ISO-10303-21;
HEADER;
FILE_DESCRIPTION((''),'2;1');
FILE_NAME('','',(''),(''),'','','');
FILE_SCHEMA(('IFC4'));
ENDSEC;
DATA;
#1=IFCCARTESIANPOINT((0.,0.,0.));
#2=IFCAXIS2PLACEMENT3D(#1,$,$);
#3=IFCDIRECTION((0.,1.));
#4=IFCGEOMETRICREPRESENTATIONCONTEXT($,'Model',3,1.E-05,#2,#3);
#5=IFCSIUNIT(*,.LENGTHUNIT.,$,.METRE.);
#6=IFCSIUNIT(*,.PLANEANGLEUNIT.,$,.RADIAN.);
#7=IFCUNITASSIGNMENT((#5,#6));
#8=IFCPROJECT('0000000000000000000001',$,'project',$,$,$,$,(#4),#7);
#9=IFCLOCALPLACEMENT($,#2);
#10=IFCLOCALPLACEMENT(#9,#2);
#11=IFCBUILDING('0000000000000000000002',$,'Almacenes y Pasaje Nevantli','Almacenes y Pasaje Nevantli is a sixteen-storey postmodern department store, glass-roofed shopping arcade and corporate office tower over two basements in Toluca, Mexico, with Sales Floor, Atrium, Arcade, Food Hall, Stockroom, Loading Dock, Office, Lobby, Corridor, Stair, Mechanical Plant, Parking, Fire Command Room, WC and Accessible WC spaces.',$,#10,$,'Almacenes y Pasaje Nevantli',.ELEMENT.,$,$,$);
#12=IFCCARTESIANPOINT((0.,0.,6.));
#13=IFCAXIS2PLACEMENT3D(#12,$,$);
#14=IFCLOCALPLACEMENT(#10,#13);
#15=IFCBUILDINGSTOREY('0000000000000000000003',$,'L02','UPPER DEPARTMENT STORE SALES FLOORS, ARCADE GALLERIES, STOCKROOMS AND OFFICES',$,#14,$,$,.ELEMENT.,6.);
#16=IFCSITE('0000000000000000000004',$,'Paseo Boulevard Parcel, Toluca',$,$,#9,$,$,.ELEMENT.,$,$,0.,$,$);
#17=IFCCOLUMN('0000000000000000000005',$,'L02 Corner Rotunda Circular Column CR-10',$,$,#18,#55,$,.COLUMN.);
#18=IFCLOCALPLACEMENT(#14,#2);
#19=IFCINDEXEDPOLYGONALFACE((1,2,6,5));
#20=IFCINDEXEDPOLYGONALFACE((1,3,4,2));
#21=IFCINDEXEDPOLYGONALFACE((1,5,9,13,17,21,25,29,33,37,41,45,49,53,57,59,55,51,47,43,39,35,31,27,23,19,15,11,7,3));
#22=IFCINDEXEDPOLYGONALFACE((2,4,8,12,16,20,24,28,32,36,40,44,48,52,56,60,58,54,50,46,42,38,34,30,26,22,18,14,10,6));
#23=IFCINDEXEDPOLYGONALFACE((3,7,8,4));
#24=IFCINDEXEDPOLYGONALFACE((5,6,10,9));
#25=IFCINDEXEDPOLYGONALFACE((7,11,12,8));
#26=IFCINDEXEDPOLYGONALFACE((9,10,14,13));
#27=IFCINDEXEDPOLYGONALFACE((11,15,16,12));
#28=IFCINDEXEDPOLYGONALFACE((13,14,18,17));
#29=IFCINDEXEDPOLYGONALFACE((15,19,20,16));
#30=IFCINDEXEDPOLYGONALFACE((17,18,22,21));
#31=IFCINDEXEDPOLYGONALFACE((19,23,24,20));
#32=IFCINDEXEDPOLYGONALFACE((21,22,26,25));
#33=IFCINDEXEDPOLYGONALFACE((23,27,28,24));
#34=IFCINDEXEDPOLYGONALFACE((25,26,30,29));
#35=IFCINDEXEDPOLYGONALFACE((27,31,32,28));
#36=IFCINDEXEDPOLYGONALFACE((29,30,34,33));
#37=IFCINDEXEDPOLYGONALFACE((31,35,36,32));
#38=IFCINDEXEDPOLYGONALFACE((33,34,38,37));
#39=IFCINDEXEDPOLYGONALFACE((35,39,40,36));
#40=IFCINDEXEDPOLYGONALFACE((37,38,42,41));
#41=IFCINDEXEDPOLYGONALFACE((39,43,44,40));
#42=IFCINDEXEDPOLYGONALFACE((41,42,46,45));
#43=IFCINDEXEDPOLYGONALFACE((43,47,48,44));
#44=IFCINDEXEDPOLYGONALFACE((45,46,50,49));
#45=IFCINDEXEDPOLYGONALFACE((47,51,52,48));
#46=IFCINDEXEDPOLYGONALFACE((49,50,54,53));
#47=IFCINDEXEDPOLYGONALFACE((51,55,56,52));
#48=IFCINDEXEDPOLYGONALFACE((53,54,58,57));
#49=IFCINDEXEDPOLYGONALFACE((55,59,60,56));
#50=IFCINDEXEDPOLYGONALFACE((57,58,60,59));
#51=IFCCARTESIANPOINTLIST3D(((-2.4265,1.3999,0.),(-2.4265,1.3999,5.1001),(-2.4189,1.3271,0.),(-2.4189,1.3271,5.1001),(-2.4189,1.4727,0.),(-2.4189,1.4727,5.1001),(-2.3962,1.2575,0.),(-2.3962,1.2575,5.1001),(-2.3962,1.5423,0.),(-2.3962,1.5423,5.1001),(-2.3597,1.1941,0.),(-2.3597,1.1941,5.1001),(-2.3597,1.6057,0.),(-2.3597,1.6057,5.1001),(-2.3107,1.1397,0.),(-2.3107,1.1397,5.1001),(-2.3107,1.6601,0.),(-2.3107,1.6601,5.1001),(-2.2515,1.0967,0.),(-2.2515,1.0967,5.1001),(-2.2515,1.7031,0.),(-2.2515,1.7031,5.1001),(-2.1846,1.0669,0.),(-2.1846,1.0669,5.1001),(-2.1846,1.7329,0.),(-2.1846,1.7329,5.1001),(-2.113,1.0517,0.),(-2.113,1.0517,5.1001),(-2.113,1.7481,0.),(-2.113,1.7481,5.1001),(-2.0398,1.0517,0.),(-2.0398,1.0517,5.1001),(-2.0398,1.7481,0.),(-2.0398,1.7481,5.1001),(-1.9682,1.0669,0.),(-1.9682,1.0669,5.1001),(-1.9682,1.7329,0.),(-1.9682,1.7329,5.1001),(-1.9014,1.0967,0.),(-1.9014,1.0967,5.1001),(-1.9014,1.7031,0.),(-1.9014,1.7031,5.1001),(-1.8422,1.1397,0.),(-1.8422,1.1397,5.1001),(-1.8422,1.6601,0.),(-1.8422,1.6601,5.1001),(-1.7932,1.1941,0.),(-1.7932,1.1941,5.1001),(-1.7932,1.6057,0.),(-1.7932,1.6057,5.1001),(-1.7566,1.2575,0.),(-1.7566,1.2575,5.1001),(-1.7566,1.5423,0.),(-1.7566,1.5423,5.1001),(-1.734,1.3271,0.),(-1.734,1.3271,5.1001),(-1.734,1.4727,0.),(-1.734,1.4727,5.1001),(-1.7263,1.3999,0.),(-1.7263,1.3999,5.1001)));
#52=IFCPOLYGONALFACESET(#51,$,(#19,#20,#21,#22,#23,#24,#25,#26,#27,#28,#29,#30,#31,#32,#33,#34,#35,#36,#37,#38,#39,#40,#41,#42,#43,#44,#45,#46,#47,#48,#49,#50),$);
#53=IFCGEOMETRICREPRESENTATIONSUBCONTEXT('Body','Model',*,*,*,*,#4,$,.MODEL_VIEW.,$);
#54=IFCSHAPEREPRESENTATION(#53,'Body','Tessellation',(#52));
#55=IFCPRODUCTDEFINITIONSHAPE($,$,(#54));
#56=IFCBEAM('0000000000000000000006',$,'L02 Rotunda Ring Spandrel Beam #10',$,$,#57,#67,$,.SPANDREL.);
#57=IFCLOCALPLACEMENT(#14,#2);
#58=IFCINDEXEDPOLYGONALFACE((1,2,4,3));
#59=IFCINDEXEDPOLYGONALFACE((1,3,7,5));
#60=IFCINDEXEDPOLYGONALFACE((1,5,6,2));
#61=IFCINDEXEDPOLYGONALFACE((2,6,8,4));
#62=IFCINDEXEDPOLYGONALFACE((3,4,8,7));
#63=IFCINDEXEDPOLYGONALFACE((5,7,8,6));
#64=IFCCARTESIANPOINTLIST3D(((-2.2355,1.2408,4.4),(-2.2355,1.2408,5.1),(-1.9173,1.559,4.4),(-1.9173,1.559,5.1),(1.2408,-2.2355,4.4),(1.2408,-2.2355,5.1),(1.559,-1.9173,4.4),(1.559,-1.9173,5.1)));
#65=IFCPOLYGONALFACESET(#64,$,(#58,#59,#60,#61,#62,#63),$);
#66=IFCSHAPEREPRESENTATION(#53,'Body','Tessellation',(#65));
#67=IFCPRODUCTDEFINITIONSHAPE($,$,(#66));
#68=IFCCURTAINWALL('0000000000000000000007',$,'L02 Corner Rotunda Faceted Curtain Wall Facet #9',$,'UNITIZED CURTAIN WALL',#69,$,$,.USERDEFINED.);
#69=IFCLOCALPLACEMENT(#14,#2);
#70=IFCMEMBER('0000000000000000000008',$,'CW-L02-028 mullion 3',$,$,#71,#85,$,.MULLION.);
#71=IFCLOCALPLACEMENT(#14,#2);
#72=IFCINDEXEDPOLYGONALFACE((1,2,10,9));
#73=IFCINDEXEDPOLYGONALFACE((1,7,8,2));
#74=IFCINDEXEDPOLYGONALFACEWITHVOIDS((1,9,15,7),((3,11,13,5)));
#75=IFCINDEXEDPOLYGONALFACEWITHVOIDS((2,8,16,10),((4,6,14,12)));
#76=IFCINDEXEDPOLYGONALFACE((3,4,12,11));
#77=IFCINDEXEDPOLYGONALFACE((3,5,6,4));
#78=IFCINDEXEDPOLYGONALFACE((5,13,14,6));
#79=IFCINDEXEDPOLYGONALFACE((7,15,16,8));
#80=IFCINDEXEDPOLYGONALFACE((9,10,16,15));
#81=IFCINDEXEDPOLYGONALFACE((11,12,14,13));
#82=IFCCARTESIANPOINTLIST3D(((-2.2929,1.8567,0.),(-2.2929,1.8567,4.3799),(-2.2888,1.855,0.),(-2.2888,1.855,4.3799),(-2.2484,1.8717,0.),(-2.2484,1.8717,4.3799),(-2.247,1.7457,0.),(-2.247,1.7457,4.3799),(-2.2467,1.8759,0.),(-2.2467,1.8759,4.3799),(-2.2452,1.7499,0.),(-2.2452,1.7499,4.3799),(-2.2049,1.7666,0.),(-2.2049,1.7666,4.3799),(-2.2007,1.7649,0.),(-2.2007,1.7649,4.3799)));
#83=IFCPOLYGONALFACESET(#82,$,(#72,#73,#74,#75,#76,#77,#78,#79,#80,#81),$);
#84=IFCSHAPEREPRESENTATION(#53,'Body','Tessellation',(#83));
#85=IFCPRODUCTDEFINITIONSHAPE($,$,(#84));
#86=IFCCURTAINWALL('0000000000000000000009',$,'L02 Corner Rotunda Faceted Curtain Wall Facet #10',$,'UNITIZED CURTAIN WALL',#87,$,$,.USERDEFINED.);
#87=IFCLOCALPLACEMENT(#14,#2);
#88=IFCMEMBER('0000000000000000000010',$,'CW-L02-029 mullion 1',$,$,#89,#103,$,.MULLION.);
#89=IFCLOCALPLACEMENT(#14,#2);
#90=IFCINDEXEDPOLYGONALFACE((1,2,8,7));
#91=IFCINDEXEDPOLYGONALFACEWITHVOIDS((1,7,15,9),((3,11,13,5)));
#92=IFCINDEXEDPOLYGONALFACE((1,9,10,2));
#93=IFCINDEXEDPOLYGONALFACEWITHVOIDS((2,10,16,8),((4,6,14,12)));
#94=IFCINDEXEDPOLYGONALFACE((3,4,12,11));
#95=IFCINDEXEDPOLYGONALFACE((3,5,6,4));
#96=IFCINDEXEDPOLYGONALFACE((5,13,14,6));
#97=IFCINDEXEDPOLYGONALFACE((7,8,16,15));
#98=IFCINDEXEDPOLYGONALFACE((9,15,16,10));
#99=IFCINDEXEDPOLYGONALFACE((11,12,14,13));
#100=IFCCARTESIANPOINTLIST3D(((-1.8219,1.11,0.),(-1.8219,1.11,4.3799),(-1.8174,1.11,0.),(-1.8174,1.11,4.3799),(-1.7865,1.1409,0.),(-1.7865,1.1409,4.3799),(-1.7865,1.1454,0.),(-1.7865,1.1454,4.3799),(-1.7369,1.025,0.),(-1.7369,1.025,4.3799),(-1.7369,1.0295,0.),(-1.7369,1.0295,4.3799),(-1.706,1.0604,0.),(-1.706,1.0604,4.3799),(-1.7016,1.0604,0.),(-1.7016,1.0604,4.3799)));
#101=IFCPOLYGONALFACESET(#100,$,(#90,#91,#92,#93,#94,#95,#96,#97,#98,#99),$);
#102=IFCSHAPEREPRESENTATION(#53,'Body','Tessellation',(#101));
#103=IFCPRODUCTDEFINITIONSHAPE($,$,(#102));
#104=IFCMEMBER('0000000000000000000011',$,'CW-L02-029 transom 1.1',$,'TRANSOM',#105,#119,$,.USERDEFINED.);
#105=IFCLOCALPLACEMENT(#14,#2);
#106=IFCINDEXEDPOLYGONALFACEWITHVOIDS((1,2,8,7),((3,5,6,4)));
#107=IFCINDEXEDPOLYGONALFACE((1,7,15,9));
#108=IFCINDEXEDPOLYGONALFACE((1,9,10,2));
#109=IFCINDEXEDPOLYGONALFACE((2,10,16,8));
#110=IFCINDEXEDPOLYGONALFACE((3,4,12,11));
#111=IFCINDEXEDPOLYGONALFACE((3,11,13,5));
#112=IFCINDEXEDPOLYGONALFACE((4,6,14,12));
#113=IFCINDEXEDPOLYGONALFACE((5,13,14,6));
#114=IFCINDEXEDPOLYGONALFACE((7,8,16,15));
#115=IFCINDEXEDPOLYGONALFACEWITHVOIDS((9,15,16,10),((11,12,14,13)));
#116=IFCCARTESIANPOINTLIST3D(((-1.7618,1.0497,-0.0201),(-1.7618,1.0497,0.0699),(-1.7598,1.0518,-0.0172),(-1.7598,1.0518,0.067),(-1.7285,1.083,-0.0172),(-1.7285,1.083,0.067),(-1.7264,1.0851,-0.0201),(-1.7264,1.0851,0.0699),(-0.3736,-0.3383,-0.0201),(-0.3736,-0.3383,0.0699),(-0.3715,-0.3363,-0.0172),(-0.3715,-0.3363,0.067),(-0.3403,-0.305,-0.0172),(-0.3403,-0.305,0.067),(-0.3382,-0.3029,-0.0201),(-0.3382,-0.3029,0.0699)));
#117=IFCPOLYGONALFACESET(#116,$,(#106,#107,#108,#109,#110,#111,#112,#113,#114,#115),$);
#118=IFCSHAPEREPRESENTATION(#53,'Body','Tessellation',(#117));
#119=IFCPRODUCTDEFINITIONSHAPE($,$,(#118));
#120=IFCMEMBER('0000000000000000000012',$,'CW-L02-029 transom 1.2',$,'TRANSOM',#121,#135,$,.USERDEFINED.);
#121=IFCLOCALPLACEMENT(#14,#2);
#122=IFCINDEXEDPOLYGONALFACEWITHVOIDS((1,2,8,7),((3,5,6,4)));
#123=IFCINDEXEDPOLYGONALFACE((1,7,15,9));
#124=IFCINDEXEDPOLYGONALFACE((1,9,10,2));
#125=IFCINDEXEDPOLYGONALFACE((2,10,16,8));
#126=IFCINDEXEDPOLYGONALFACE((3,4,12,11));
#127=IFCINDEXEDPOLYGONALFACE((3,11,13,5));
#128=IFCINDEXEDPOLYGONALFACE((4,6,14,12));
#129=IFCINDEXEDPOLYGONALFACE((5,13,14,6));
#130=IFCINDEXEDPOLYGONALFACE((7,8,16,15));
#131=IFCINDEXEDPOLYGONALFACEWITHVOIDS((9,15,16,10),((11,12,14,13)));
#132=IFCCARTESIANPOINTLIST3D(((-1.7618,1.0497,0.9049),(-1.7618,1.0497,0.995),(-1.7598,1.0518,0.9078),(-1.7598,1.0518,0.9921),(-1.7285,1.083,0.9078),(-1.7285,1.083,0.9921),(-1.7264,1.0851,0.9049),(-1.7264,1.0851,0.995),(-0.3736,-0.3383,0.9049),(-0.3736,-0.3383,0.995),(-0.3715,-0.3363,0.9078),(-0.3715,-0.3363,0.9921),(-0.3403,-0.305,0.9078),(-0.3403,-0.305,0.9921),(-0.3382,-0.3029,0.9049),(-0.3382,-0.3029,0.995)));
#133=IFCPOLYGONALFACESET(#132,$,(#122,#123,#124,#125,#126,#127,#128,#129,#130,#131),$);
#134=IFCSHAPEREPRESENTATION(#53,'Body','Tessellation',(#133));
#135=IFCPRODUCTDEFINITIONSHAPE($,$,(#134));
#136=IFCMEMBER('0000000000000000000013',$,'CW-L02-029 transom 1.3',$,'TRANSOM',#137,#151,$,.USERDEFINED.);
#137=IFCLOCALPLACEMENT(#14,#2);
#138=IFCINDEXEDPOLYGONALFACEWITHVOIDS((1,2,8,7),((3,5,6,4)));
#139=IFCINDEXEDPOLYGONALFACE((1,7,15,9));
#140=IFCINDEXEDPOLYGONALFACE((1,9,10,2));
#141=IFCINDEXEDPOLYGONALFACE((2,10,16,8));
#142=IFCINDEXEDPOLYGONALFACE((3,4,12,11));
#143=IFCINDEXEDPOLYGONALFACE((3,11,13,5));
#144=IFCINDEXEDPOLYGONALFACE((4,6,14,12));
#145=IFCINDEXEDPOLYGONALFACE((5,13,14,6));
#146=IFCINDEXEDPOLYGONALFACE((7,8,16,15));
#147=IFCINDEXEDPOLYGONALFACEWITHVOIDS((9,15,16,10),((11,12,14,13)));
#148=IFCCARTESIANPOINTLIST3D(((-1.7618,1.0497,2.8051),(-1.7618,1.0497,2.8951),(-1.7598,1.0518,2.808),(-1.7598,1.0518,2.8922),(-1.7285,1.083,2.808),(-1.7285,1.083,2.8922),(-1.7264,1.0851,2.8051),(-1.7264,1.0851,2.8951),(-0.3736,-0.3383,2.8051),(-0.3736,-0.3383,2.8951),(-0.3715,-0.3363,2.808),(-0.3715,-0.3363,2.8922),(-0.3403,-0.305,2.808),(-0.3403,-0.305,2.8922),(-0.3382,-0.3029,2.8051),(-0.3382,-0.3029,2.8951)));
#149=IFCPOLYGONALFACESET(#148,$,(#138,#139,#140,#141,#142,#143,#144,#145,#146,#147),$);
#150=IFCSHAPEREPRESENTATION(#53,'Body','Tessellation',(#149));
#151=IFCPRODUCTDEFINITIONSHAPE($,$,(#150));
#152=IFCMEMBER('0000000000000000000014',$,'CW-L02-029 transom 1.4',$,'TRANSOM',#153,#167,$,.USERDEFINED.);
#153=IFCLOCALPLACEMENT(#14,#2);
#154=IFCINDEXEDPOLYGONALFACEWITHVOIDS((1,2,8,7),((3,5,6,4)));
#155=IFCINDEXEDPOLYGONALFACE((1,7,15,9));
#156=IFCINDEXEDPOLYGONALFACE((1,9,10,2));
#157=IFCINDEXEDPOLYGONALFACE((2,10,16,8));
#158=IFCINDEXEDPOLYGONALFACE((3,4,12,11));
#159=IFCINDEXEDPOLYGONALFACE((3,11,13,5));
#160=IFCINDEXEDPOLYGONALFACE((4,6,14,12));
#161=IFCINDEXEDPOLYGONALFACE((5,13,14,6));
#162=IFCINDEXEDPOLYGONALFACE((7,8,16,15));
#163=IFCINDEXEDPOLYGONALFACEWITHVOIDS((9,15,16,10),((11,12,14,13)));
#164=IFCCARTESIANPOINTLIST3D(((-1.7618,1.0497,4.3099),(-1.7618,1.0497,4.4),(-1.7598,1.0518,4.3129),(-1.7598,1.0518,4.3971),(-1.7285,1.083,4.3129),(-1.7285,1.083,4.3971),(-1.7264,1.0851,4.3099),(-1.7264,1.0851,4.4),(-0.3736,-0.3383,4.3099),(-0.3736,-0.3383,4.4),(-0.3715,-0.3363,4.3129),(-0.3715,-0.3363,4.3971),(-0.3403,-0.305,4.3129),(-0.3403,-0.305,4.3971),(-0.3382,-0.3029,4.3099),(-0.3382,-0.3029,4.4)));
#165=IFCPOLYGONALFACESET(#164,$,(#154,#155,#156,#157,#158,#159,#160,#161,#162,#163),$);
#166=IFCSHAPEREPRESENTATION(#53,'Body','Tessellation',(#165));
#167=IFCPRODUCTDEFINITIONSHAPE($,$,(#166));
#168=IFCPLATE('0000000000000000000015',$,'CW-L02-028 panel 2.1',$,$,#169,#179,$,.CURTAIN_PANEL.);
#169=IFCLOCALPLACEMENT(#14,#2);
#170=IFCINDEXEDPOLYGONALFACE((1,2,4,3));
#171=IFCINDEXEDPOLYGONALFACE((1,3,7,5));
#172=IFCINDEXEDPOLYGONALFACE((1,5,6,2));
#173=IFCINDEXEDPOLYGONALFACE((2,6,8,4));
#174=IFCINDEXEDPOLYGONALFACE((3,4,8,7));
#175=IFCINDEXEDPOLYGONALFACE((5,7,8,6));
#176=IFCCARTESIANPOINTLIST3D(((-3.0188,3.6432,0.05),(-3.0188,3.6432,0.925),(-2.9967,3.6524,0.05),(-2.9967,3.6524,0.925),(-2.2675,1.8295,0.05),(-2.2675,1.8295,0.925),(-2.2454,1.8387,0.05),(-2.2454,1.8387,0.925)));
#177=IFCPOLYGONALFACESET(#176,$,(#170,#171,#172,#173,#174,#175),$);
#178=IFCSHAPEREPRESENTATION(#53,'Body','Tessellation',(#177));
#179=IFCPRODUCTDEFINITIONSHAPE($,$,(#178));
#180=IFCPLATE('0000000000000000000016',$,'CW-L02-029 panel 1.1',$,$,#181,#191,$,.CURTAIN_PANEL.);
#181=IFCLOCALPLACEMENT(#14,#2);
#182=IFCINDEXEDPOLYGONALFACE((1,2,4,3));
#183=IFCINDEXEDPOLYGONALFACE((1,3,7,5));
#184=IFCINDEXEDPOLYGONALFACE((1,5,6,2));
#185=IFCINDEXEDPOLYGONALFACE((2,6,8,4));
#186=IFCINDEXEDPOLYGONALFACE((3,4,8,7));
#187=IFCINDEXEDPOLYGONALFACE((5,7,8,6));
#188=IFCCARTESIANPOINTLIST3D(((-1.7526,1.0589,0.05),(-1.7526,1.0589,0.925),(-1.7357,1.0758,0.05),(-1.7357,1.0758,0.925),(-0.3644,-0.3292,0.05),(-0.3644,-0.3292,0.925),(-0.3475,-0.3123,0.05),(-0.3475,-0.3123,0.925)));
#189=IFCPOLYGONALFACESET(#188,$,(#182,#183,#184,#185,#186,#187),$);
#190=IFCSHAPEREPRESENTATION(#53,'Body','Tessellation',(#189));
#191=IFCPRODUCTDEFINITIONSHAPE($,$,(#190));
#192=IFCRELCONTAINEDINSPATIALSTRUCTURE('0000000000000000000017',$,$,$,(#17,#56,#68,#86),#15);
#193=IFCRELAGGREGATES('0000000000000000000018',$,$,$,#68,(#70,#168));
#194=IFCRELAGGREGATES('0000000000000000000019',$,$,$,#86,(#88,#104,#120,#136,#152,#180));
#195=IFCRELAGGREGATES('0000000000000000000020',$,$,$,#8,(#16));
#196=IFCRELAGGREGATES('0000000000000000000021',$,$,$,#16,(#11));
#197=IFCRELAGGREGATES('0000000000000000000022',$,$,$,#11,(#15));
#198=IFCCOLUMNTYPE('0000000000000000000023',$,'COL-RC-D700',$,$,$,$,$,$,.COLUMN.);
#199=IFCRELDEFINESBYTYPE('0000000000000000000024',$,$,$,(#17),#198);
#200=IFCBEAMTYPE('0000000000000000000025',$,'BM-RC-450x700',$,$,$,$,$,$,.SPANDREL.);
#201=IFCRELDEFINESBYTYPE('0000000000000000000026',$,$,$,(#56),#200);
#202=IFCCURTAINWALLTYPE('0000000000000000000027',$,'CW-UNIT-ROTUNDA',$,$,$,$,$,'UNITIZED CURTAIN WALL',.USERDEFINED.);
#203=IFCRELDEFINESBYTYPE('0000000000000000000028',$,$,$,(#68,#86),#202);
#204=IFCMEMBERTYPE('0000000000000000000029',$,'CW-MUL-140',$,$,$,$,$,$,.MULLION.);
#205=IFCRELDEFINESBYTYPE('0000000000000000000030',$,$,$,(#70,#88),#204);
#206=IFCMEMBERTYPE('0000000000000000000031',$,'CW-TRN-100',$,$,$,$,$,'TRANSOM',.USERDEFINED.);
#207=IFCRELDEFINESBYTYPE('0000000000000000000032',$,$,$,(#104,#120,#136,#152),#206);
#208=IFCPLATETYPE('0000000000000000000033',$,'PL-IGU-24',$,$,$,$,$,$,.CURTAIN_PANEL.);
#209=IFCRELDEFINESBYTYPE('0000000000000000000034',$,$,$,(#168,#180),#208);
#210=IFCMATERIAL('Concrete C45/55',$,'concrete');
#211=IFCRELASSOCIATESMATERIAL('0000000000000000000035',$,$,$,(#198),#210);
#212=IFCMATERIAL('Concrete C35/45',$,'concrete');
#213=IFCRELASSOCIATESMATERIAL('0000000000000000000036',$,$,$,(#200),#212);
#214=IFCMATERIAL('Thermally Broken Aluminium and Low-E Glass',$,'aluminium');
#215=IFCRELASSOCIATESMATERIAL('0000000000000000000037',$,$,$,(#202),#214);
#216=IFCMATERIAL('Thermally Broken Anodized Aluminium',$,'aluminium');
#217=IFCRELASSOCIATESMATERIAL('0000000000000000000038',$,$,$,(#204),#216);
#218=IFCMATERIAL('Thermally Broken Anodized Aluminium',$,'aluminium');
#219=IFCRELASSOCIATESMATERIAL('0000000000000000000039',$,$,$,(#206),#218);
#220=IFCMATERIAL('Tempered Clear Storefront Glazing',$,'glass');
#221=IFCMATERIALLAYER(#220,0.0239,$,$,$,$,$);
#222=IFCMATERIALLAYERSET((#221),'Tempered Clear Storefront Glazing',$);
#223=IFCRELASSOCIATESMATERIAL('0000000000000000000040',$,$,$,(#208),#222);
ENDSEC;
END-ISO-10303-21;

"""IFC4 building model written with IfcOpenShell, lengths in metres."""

from ifc_helpers import new_model, si_unit, direction, frame, origin, origin_2d, place, context, subcontext, project, spatial, rectangle, hollow_rectangle, circle, extrude, material, layer, layer_set, material_profile, profile_set, type_object, element, aggregate, save


model = new_model("IFC4")

# Units and contexts
model_context = context("Model", 3, precision=1e-05, world=origin(), true_north=direction((0.0, 1.0)))
body_context = subcontext(model_context, "Body", "Model", "MODEL_VIEW")
ifc_project = project(units=[si_unit("LENGTHUNIT", "METRE"), si_unit("PLANEANGLEUNIT", "RADIAN")], contexts=[model_context])

# Site, building, storey
site_placement = place(None, origin())
site = spatial("IfcSite", under=ifc_project, at=site_placement, Name="Paseo Boulevard Parcel, Toluca", CompositionType="ELEMENT", RefElevation=0.0)
building_placement = place(site_placement, origin())
building = spatial("IfcBuilding", under=site, at=building_placement, Name="Almacenes y Pasaje Nevantli", Description="Almacenes y Pasaje Nevantli is a sixteen-storey postmodern department store, glass-roofed shopping arcade and corporate office tower over two basements in Toluca, Mexico, with Sales Floor, Atrium, Arcade, Food Hall, Stockroom, Loading Dock, Office, Lobby, Corridor, Stair, Mechanical Plant, Parking, Fire Command Room, WC and Accessible WC spaces.", LongName="Almacenes y Pasaje Nevantli", CompositionType="ELEMENT")
storey_placement = place(building_placement, frame((0.0, 0.0, 6.0)))
storey = spatial("IfcBuildingStorey", under=building, at=storey_placement, Name="L02", Description="UPPER DEPARTMENT STORE SALES FLOORS, ARCADE GALLERIES, STOCKROOMS AND OFFICES", CompositionType="ELEMENT", Elevation=6.0)

# Column
ifc_material_1 = material(Name="Concrete C45/55", Category="concrete")
ifc_material_profile_1 = material_profile(ifc_material_1, circle(Radius=0.3501, at=origin_2d()), Name="RC-COL-D700")
ifc_profile_set_1 = profile_set([ifc_material_profile_1], Name="Concrete C45/55")
column_type = type_object("IfcColumnType", Name="COL-RC-D700", PredefinedType="COLUMN", material=ifc_profile_set_1)
column_placement = place(storey_placement, frame((-2.0764, 1.3999, 0.0), z_axis=(0.0, 0.0, 1.0), x_axis=(1.0, 0.0, 0.0)))
element("IfcColumn", 1, at=column_placement, inside=storey, type_object=column_type, Name="L02 Corner Rotunda Circular Column CR-10", PredefinedType="COLUMN", context=body_context, shape_type="SweptSolid", body=[
    extrude(circle(Radius=0.3501, at=origin_2d()), origin(), (0.0, 0.0, 1.0), 5.1001),
])

# Beam
ifc_material_2 = material(Name="Concrete C35/45", Category="concrete")
ifc_material_profile_2 = material_profile(ifc_material_2, rectangle(XDim=0.45, YDim=0.7, at=origin_2d()), Name="RC-BM-450x700")
ifc_profile_set_2 = profile_set([ifc_material_profile_2], Name="Concrete C35/45")
beam_type = type_object("IfcBeamType", Name="BM-RC-450x700", PredefinedType="SPANDREL", material=ifc_profile_set_2)
beam_placement = place(storey_placement, frame((-2.0764, 1.3999, 4.75), z_axis=(0.707107, -0.707107, 0.0), x_axis=(0.707107, 0.707107, 0.0)))
element("IfcBeam", 2, at=beam_placement, inside=storey, type_object=beam_type, Name="L02 Rotunda Ring Spandrel Beam #10", PredefinedType="SPANDREL", context=body_context, shape_type="SweptSolid", body=[
    extrude(rectangle(XDim=0.45, YDim=0.7, at=origin_2d()), origin(), (0.0, 0.0, 1.0), 4.9163),
])

# Curtain wall, member
ifc_material_3 = material(Name="Thermally Broken Aluminium and Low-E Glass", Category="aluminium")
curtain_wall_type = type_object("IfcCurtainWallType", Name="CW-UNIT-ROTUNDA", ElementType="UNITIZED CURTAIN WALL", PredefinedType="USERDEFINED", material=ifc_material_3)
curtain_wall_1_placement = place(storey_placement, origin())
curtain_wall_1 = element("IfcCurtainWall", 3, at=curtain_wall_1_placement, inside=storey, type_object=curtain_wall_type, Name="L02 Corner Rotunda Faceted Curtain Wall Facet #9", ObjectType="UNITIZED CURTAIN WALL", PredefinedType="USERDEFINED")
ifc_material_4 = material(Name="Thermally Broken Anodized Aluminium", Category="aluminium")
ifc_material_profile_3 = material_profile(ifc_material_4, hollow_rectangle(XDim=0.05, YDim=0.1201, WallThickness=0.0032, at=origin_2d()), Name="ALU-MUL-50x120")
ifc_profile_set_3 = profile_set([ifc_material_profile_3], Name="Thermally Broken Anodized Aluminium")
member_type_1 = type_object("IfcMemberType", Name="CW-MUL-140", PredefinedType="MULLION", material=ifc_profile_set_3)
member_1_placement = place(storey_placement, frame((-2.2468, 1.8108, 0.0), z_axis=(0.0, 0.0, 1.0), x_axis=(0.923873, 0.382698, 0.0)))
member_1 = element("IfcMember", 4, at=member_1_placement, type_object=member_type_1, Name="CW-L02-028 mullion 3", PredefinedType="MULLION", context=body_context, shape_type="SweptSolid", body=[
    extrude(hollow_rectangle(XDim=0.05, YDim=0.1201, WallThickness=0.0032, at=origin_2d()), origin(), (0.0, 0.0, 1.0), 4.3799),
])

# Curtain wall, members
curtain_wall_2_placement = place(storey_placement, origin())
curtain_wall_2 = element("IfcCurtainWall", 5, at=curtain_wall_2_placement, inside=storey, type_object=curtain_wall_type, Name="L02 Corner Rotunda Faceted Curtain Wall Facet #10", ObjectType="UNITIZED CURTAIN WALL", PredefinedType="USERDEFINED")
member_2_placement = place(storey_placement, frame((-1.7617, 1.0852, 0.0), z_axis=(0.0, 0.0, 1.0), x_axis=(0.707107, 0.707107, 0.0)))
member_2 = element("IfcMember", 6, at=member_2_placement, type_object=member_type_1, Name="CW-L02-029 mullion 1", PredefinedType="MULLION", context=body_context, shape_type="SweptSolid", body=[
    extrude(hollow_rectangle(XDim=0.05, YDim=0.1201, WallThickness=0.0032, at=origin_2d()), origin(), (0.0, 0.0, 1.0), 4.3799),
])
ifc_material_5 = material(Name="Thermally Broken Anodized Aluminium", Category="aluminium")
ifc_material_profile_4 = material_profile(ifc_material_5, hollow_rectangle(XDim=0.05, YDim=0.0901, WallThickness=0.0029, at=origin_2d()), Name="ALU-TRN-50x90")
ifc_profile_set_4 = profile_set([ifc_material_profile_4], Name="Thermally Broken Anodized Aluminium")
member_type_2 = type_object("IfcMemberType", Name="CW-TRN-100", ElementType="TRANSOM", PredefinedType="USERDEFINED", material=ifc_profile_set_4)
member_3_placement = place(storey_placement, frame((-1.7441, 1.0674, 0.0249), z_axis=(0.707169, -0.707045, 0.0), x_axis=(0.707045, 0.707169, 0.0)))
member_3 = element("IfcMember", 7, at=member_3_placement, type_object=member_type_2, Name="CW-L02-029 transom 1.1", ObjectType="TRANSOM", PredefinedType="USERDEFINED", context=body_context, shape_type="SweptSolid", body=[
    extrude(hollow_rectangle(XDim=0.05, YDim=0.0901, WallThickness=0.0029, at=origin_2d()), origin(), (0.0, 0.0, 1.0), 1.9631),
])
member_4_placement = place(storey_placement, frame((-1.7441, 1.0674, 0.95), z_axis=(0.707169, -0.707045, 0.0), x_axis=(0.707045, 0.707169, 0.0)))
member_4 = element("IfcMember", 8, at=member_4_placement, type_object=member_type_2, Name="CW-L02-029 transom 1.2", ObjectType="TRANSOM", PredefinedType="USERDEFINED", context=body_context, shape_type="SweptSolid", body=[
    extrude(hollow_rectangle(XDim=0.05, YDim=0.0901, WallThickness=0.0029, at=origin_2d()), origin(), (0.0, 0.0, 1.0), 1.9631),
])
member_5_placement = place(storey_placement, frame((-1.7441, 1.0674, 2.8501), z_axis=(0.707169, -0.707045, 0.0), x_axis=(0.707045, 0.707169, 0.0)))
member_5 = element("IfcMember", 9, at=member_5_placement, type_object=member_type_2, Name="CW-L02-029 transom 1.3", ObjectType="TRANSOM", PredefinedType="USERDEFINED", context=body_context, shape_type="SweptSolid", body=[
    extrude(hollow_rectangle(XDim=0.05, YDim=0.0901, WallThickness=0.0029, at=origin_2d()), origin(), (0.0, 0.0, 1.0), 1.9631),
])
member_6_placement = place(storey_placement, frame((-1.7441, 1.0674, 4.355), z_axis=(0.707169, -0.707045, 0.0), x_axis=(0.707045, 0.707169, 0.0)))
member_6 = element("IfcMember", 10, at=member_6_placement, type_object=member_type_2, Name="CW-L02-029 transom 1.4", ObjectType="TRANSOM", PredefinedType="USERDEFINED", context=body_context, shape_type="SweptSolid", body=[
    extrude(hollow_rectangle(XDim=0.05, YDim=0.0901, WallThickness=0.0029, at=origin_2d()), origin(), (0.0, 0.0, 1.0), 1.9631),
])

# Plates
ifc_material_6 = material(Name="Tempered Clear Storefront Glazing", Category="glass")
ifc_layer_1 = layer(ifc_material_6, 0.0239)
ifc_layer_set_1 = layer_set([ifc_layer_1], Name="Tempered Clear Storefront Glazing")
plate_type = type_object("IfcPlateType", Name="PL-IGU-24", PredefinedType="CURTAIN_PANEL", material=ifc_layer_set_1)
plate_1_placement = place(storey_placement, frame((-2.6321, 2.741, 0.05), z_axis=(0.0, 0.0, 1.0), x_axis=(0.382698, -0.923873, 0.0)))
plate_1 = element("IfcPlate", 11, at=plate_1_placement, type_object=plate_type, Name="CW-L02-028 panel 2.1", PredefinedType="CURTAIN_PANEL", context=body_context, shape_type="SweptSolid", body=[
    extrude(rectangle(XDim=1.9631, YDim=0.0239, at=origin_2d()), origin(), (0.0, 0.0, 1.0), 0.875),
])
aggregate(curtain_wall_1, [member_1, plate_1])
plate_2_placement = place(storey_placement, frame((-1.05, 0.3733, 0.05), z_axis=(0.0, 0.0, 1.0), x_axis=(0.707107, -0.707107, 0.0)))
plate_2 = element("IfcPlate", 12, at=plate_2_placement, type_object=plate_type, Name="CW-L02-029 panel 1.1", PredefinedType="CURTAIN_PANEL", context=body_context, shape_type="SweptSolid", body=[
    extrude(rectangle(XDim=1.9631, YDim=0.0239, at=origin_2d()), origin(), (0.0, 0.0, 1.0), 0.875),
])
aggregate(curtain_wall_2, [member_2, member_3, member_4, member_5, member_6, plate_2])

save(model, "model.ifc")
